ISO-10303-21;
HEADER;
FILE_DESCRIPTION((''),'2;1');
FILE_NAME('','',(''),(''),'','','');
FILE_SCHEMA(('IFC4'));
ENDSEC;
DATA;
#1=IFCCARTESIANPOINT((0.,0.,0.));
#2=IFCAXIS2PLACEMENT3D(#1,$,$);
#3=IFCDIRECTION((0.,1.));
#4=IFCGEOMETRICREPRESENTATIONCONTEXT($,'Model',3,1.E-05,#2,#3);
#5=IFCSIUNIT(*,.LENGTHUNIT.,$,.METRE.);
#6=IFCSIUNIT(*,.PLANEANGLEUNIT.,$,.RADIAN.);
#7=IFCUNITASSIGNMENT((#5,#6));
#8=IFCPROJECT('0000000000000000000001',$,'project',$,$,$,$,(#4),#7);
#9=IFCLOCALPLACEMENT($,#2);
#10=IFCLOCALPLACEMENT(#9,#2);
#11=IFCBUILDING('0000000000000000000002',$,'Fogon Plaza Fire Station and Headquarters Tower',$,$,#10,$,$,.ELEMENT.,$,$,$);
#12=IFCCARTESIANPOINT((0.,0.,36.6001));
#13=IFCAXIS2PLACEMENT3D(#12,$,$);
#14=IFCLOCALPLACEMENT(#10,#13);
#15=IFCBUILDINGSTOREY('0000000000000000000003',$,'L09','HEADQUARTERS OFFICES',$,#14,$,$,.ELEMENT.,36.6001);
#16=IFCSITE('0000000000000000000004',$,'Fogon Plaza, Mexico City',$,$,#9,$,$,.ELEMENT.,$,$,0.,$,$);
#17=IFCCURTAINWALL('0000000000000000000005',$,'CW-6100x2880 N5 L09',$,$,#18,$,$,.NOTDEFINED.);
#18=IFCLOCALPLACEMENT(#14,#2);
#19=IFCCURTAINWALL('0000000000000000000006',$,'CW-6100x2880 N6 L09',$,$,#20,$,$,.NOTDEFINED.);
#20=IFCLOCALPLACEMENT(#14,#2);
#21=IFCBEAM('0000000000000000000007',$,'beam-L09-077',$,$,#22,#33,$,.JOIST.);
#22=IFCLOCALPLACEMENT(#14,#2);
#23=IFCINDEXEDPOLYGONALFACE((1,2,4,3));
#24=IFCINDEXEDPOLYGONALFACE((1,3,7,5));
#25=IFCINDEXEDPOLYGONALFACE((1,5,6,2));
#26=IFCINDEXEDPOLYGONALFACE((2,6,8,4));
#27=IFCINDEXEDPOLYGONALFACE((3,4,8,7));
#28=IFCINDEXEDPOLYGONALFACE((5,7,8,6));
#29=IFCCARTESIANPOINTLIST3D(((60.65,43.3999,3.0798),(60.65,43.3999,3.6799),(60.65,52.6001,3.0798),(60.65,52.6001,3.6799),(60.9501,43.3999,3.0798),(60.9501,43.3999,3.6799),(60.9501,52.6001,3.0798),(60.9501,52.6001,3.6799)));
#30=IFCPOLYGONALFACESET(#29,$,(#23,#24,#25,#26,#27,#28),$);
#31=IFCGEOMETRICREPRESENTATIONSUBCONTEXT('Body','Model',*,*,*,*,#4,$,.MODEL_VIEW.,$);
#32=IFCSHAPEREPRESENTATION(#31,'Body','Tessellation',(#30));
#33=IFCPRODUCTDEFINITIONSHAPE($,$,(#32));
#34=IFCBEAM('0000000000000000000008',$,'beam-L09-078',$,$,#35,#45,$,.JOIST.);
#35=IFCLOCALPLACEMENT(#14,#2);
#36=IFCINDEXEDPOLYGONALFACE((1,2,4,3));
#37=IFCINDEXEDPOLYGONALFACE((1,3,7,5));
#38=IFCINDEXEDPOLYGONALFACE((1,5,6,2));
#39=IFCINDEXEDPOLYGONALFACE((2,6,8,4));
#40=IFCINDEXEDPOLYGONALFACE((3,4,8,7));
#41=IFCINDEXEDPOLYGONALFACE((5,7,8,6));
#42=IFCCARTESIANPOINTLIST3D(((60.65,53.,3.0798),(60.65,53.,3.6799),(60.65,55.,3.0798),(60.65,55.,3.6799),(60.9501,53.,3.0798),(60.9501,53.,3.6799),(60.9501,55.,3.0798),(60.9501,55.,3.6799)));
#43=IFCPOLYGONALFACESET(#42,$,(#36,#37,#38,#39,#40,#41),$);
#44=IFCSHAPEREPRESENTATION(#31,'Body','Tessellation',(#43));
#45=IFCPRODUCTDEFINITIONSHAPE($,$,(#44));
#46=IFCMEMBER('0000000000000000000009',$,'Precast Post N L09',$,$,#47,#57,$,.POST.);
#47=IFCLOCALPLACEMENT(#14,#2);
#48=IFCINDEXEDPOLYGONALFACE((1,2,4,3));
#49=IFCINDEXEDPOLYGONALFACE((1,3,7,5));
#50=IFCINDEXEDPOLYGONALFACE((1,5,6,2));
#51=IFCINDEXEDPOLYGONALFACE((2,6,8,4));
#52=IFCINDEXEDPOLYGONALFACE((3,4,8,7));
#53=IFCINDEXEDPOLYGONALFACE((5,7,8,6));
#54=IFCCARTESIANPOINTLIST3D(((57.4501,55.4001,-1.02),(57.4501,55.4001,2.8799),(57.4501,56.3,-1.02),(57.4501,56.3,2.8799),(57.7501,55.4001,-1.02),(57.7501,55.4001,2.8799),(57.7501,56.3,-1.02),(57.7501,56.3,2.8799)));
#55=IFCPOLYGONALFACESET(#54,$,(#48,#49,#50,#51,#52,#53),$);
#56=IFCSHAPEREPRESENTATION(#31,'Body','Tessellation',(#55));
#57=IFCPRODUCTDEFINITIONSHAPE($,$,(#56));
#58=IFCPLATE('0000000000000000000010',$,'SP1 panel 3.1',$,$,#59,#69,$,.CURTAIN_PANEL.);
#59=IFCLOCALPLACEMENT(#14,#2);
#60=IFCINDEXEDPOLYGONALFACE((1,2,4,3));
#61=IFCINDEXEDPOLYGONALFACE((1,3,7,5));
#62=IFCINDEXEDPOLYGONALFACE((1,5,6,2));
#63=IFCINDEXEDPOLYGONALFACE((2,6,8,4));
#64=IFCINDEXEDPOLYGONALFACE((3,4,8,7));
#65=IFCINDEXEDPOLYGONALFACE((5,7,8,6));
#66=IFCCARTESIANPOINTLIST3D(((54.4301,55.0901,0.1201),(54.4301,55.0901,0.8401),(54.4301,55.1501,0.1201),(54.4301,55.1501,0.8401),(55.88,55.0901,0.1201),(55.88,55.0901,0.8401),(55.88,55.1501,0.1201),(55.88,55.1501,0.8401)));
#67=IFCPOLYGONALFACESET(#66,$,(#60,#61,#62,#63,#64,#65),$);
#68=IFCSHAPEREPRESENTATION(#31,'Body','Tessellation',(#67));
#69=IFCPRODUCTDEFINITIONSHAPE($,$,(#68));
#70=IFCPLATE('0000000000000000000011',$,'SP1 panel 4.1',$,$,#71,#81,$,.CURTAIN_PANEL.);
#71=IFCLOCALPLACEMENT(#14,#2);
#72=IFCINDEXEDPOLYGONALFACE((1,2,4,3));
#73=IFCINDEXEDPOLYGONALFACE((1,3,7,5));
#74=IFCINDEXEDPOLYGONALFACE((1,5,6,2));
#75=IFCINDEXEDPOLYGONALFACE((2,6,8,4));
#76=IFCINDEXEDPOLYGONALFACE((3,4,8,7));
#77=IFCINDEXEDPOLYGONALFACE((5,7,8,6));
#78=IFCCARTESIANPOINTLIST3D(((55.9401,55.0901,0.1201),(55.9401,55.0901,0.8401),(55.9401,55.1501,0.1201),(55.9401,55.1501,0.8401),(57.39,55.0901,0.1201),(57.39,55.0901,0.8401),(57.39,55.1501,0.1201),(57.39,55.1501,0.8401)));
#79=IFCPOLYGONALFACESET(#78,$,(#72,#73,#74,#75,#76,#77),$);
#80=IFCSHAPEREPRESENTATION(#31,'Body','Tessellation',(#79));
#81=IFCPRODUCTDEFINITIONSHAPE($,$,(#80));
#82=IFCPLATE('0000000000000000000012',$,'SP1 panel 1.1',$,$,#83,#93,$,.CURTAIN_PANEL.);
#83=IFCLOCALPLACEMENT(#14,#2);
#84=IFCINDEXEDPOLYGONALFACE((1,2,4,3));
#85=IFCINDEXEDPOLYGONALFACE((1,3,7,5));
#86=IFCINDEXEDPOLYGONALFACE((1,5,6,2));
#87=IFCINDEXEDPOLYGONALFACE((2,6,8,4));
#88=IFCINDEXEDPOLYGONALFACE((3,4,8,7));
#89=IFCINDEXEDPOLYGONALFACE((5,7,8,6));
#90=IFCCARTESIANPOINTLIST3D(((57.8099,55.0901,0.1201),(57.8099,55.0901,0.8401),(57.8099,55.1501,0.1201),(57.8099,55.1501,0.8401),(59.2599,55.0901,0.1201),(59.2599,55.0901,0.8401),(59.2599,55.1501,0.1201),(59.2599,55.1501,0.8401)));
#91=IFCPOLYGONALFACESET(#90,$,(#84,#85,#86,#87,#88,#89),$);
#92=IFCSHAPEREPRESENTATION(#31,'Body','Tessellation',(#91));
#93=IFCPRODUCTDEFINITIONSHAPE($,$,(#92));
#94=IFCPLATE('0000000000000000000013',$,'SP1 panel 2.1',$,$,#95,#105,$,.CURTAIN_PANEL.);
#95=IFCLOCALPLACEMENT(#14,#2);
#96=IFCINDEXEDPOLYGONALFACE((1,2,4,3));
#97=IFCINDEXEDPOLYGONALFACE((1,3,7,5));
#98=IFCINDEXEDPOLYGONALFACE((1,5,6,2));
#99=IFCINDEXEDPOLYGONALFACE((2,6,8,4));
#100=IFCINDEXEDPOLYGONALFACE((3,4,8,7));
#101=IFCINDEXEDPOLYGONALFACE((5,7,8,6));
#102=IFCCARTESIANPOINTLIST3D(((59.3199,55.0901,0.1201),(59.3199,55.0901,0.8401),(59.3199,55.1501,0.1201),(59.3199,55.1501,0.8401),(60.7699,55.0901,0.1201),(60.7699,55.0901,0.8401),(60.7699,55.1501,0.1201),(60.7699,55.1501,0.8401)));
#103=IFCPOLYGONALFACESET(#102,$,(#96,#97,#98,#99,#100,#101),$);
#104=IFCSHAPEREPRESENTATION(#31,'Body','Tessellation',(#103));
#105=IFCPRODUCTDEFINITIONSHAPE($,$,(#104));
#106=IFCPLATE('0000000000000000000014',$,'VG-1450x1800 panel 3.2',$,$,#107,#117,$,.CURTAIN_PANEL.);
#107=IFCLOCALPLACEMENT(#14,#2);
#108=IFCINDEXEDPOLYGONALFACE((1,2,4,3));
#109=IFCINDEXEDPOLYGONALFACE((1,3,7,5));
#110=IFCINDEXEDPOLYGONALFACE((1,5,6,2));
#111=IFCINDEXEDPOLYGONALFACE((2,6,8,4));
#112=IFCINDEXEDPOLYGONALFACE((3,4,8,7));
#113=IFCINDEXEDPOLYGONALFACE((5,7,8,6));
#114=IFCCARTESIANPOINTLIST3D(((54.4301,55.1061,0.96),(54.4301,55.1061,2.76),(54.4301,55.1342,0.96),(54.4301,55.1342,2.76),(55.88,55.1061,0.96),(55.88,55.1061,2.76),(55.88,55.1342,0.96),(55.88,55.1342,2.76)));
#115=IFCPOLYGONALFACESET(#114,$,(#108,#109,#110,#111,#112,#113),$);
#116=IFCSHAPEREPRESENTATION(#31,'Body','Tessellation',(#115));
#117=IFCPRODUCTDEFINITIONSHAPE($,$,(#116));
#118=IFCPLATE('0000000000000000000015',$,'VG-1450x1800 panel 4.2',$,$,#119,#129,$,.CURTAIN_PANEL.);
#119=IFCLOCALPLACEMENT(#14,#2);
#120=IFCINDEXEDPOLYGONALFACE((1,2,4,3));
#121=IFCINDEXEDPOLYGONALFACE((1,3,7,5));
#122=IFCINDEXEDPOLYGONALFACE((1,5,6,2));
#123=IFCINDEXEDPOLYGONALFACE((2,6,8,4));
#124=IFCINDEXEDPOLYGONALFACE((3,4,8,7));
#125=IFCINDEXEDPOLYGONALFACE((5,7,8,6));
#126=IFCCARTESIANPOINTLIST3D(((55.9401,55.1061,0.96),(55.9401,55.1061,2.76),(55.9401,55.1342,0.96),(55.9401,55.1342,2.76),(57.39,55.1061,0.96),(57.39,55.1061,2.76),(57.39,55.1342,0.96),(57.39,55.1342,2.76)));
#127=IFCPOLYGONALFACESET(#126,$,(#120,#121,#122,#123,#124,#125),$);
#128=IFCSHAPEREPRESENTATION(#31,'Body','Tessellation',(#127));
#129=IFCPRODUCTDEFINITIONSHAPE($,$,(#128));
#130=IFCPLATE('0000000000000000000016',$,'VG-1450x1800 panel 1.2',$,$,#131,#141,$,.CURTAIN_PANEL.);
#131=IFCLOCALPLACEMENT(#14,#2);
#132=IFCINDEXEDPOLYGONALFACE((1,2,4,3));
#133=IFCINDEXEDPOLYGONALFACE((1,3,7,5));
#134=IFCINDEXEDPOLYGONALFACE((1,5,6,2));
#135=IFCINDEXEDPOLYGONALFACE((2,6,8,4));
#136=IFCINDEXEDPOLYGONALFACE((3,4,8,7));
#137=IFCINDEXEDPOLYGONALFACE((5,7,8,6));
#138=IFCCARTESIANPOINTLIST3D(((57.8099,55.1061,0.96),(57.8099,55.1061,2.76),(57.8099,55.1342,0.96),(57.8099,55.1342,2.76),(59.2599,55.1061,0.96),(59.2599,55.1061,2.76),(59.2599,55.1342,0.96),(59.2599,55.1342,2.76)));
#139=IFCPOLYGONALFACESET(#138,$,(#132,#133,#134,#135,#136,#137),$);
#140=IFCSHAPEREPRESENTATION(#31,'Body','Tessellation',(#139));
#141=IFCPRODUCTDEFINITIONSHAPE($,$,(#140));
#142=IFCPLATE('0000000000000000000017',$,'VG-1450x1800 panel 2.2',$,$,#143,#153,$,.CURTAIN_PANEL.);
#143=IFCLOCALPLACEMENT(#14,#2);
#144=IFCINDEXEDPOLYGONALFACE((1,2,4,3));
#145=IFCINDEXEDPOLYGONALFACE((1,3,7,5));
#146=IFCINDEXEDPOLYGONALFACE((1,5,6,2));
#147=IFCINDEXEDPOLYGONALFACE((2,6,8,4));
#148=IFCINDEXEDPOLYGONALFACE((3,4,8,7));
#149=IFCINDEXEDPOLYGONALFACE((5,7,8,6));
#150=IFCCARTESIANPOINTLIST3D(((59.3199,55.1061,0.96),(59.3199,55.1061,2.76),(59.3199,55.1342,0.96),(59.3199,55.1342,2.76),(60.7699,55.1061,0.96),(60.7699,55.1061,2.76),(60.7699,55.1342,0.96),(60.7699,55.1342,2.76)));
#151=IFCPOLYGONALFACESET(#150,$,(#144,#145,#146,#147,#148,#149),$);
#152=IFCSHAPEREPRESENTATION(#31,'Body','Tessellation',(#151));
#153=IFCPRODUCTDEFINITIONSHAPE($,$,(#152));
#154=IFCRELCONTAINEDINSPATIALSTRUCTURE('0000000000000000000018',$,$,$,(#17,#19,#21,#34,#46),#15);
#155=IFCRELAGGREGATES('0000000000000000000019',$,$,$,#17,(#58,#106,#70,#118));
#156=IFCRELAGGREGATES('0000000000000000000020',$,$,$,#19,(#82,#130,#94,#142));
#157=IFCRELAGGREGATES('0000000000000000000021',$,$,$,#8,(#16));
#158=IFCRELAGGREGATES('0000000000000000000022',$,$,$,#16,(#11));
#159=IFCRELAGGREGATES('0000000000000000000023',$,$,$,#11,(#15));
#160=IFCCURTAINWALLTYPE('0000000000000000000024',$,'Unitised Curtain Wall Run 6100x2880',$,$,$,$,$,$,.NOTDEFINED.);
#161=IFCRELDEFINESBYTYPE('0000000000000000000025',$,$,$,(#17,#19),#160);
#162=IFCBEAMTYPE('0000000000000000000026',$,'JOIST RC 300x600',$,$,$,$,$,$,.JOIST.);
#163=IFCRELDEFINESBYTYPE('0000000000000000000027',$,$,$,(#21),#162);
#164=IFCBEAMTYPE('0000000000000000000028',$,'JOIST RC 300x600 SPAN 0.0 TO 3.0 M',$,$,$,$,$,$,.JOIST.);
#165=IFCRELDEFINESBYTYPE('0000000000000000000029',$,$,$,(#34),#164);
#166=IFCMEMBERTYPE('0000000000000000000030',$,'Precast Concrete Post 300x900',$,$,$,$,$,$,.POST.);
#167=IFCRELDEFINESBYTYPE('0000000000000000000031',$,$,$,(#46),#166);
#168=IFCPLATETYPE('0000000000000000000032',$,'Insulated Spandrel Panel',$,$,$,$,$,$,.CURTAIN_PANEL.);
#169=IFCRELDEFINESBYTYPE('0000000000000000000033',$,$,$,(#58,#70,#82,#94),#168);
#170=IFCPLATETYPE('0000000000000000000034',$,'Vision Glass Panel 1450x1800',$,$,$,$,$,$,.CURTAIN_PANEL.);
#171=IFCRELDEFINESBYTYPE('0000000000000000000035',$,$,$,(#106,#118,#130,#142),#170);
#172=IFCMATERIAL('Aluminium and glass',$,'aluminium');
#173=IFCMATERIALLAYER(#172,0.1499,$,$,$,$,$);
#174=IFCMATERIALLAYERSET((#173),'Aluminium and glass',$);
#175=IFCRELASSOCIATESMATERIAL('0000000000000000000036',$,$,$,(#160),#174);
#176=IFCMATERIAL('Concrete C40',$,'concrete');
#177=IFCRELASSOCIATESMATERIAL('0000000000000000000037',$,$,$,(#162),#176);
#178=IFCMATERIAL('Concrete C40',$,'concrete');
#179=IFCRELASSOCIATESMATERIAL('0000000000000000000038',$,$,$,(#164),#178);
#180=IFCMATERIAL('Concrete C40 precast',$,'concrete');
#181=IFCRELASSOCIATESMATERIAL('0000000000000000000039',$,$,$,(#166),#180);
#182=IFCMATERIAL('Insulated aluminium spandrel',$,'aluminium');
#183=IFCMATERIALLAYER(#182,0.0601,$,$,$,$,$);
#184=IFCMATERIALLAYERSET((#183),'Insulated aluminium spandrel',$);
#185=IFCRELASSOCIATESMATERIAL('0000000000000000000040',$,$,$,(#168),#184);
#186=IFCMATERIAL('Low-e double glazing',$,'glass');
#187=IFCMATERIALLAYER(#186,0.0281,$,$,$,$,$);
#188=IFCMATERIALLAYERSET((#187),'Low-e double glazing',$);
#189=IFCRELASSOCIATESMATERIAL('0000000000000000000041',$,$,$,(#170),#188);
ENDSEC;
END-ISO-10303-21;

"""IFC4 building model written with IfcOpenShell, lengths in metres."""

from ifc_helpers import new_model, si_unit, direction, frame, origin, origin_2d, place, context, subcontext, project, spatial, rectangle, extrude, material, layer, layer_set, material_profile, profile_set, type_object, element, aggregate, save


model = new_model("IFC4")

# Units and contexts
model_context = context("Model", 3, precision=1e-05, world=origin(), true_north=direction((0.0, 1.0)))
body_context = subcontext(model_context, "Body", "Model", "MODEL_VIEW")
ifc_project = project(units=[si_unit("LENGTHUNIT", "METRE"), si_unit("PLANEANGLEUNIT", "RADIAN")], contexts=[model_context])

# Site, building, storey
site_placement = place(None, origin())
site = spatial("IfcSite", under=ifc_project, at=site_placement, Name="Fogon Plaza, Mexico City", CompositionType="ELEMENT", RefElevation=0.0)
building_placement = place(site_placement, origin())
building = spatial("IfcBuilding", under=site, at=building_placement, Name="Fogon Plaza Fire Station and Headquarters Tower", CompositionType="ELEMENT")
storey_placement = place(building_placement, frame((0.0, 0.0, 36.6001)))
storey = spatial("IfcBuildingStorey", under=building, at=storey_placement, Name="L09", Description="HEADQUARTERS OFFICES", CompositionType="ELEMENT", Elevation=36.6001)

# Curtain walls
ifc_material_1 = material(Name="Aluminium and glass", Category="aluminium")
ifc_layer_1 = layer(ifc_material_1, 0.1499)
ifc_layer_set_1 = layer_set([ifc_layer_1], Name="Aluminium and glass")
curtain_wall_type = type_object("IfcCurtainWallType", Name="Unitised Curtain Wall Run 6100x2880", PredefinedType="NOTDEFINED", material=ifc_layer_set_1)
curtain_wall_1_placement = place(storey_placement, origin())
curtain_wall_1 = element("IfcCurtainWall", 1, at=curtain_wall_1_placement, inside=storey, type_object=curtain_wall_type, Name="CW-6100x2880 N5 L09", PredefinedType="NOTDEFINED")
curtain_wall_2_placement = place(storey_placement, origin())
curtain_wall_2 = element("IfcCurtainWall", 2, at=curtain_wall_2_placement, inside=storey, type_object=curtain_wall_type, Name="CW-6100x2880 N6 L09", PredefinedType="NOTDEFINED")

# Beams
ifc_material_2 = material(Name="Concrete C40", Category="concrete")
ifc_material_profile_1 = material_profile(ifc_material_2, rectangle(XDim=0.3, YDim=0.6001, at=origin_2d()), Name="RC 300x600")
ifc_profile_set_1 = profile_set([ifc_material_profile_1], Name="Concrete C40")
beam_type_1 = type_object("IfcBeamType", Name="JOIST RC 300x600", PredefinedType="JOIST", material=ifc_profile_set_1)
beam_1_placement = place(storey_placement, frame((60.8, 43.3999, 3.3799), z_axis=(0.0, 1.0, 0.0), x_axis=(-1.0, 0.0, 0.0)))
element("IfcBeam", 3, at=beam_1_placement, inside=storey, type_object=beam_type_1, Name="beam-L09-077", PredefinedType="JOIST", context=body_context, shape_type="SweptSolid", body=[
    extrude(rectangle(XDim=0.3, YDim=0.6001, at=origin_2d()), origin(), (0.0, 0.0, 1.0), 9.2002),
])
ifc_material_3 = material(Name="Concrete C40", Category="concrete")
ifc_material_profile_2 = material_profile(ifc_material_3, rectangle(XDim=0.3, YDim=0.6001, at=origin_2d()), Name="RC 300x600")
ifc_profile_set_2 = profile_set([ifc_material_profile_2], Name="Concrete C40")
beam_type_2 = type_object("IfcBeamType", Name="JOIST RC 300x600 SPAN 0.0 TO 3.0 M", PredefinedType="JOIST", material=ifc_profile_set_2)
beam_2_placement = place(storey_placement, frame((60.8, 53.0, 3.3799), z_axis=(0.0, 1.0, 0.0), x_axis=(-1.0, 0.0, 0.0)))
element("IfcBeam", 4, at=beam_2_placement, inside=storey, type_object=beam_type_2, Name="beam-L09-078", PredefinedType="JOIST", context=body_context, shape_type="SweptSolid", body=[
    extrude(rectangle(XDim=0.3, YDim=0.6001, at=origin_2d()), origin(), (0.0, 0.0, 1.0), 2.0),
])

# Member
ifc_material_4 = material(Name="Concrete C40 precast", Category="concrete")
ifc_material_profile_3 = material_profile(ifc_material_4, rectangle(XDim=0.3, YDim=0.8999, at=origin_2d()), Name="Precast Concrete Post 300x900")
ifc_profile_set_3 = profile_set([ifc_material_profile_3], Name="Concrete C40 precast")
member_type_1 = type_object("IfcMemberType", Name="Precast Concrete Post 300x900", PredefinedType="POST", material=ifc_profile_set_3)
member_1_placement = place(storey_placement, frame((57.6001, 55.8501, -1.02), z_axis=(0.0, 0.0, 1.0), x_axis=(1.0, 0.0, 0.0)))
element("IfcMember", 5, at=member_1_placement, inside=storey, type_object=member_type_1, Name="Precast Post N L09", PredefinedType="POST", context=body_context, shape_type="SweptSolid", body=[
    extrude(rectangle(XDim=0.3, YDim=0.8999, at=origin_2d()), origin(), (0.0, 0.0, 1.0), 3.8999),
])

# Plates
ifc_material_5 = material(Name="Insulated aluminium spandrel", Category="aluminium")
ifc_layer_2 = layer(ifc_material_5, 0.0601)
ifc_layer_set_2 = layer_set([ifc_layer_2], Name="Insulated aluminium spandrel")
plate_type_1 = type_object("IfcPlateType", Name="Insulated Spandrel Panel", PredefinedType="CURTAIN_PANEL", material=ifc_layer_set_2)
plate_1_placement = place(storey_placement, frame((55.155, 55.1201, 0.1201), z_axis=(0.0, 0.0, 1.0), x_axis=(1.0, 0.0, 0.0)))
plate_1 = element("IfcPlate", 6, at=plate_1_placement, type_object=plate_type_1, Name="SP1 panel 3.1", PredefinedType="CURTAIN_PANEL", context=body_context, shape_type="SweptSolid", body=[
    extrude(rectangle(XDim=1.45, YDim=0.0601, at=origin_2d()), origin(), (0.0, 0.0, 1.0), 0.72),
])
plate_2_placement = place(storey_placement, frame((56.665, 55.1201, 0.1201), z_axis=(0.0, 0.0, 1.0), x_axis=(1.0, 0.0, 0.0)))
plate_2 = element("IfcPlate", 7, at=plate_2_placement, type_object=plate_type_1, Name="SP1 panel 4.1", PredefinedType="CURTAIN_PANEL", context=body_context, shape_type="SweptSolid", body=[
    extrude(rectangle(XDim=1.45, YDim=0.0601, at=origin_2d()), origin(), (0.0, 0.0, 1.0), 0.72),
])
plate_3_placement = place(storey_placement, frame((58.5349, 55.1201, 0.1201), z_axis=(0.0, 0.0, 1.0), x_axis=(1.0, 0.0, 0.0)))
plate_3 = element("IfcPlate", 8, at=plate_3_placement, type_object=plate_type_1, Name="SP1 panel 1.1", PredefinedType="CURTAIN_PANEL", context=body_context, shape_type="SweptSolid", body=[
    extrude(rectangle(XDim=1.45, YDim=0.0601, at=origin_2d()), origin(), (0.0, 0.0, 1.0), 0.72),
])
plate_4_placement = place(storey_placement, frame((60.0449, 55.1201, 0.1201), z_axis=(0.0, 0.0, 1.0), x_axis=(1.0, 0.0, 0.0)))
plate_4 = element("IfcPlate", 9, at=plate_4_placement, type_object=plate_type_1, Name="SP1 panel 2.1", PredefinedType="CURTAIN_PANEL", context=body_context, shape_type="SweptSolid", body=[
    extrude(rectangle(XDim=1.45, YDim=0.0601, at=origin_2d()), origin(), (0.0, 0.0, 1.0), 0.72),
])
ifc_material_6 = material(Name="Low-e double glazing", Category="glass")
ifc_layer_3 = layer(ifc_material_6, 0.0281)
ifc_layer_set_3 = layer_set([ifc_layer_3], Name="Low-e double glazing")
plate_type_2 = type_object("IfcPlateType", Name="Vision Glass Panel 1450x1800", PredefinedType="CURTAIN_PANEL", material=ifc_layer_set_3)
plate_5_placement = place(storey_placement, frame((55.155, 55.1201, 0.96), z_axis=(0.0, 0.0, 1.0), x_axis=(1.0, 0.0, 0.0)))
plate_5 = element("IfcPlate", 10, at=plate_5_placement, type_object=plate_type_2, Name="VG-1450x1800 panel 3.2", PredefinedType="CURTAIN_PANEL", context=body_context, shape_type="SweptSolid", body=[
    extrude(rectangle(XDim=1.45, YDim=0.0281, at=origin_2d()), origin(), (0.0, 0.0, 1.0), 1.8),
])
plate_6_placement = place(storey_placement, frame((56.665, 55.1201, 0.96), z_axis=(0.0, 0.0, 1.0), x_axis=(1.0, 0.0, 0.0)))
plate_6 = element("IfcPlate", 11, at=plate_6_placement, type_object=plate_type_2, Name="VG-1450x1800 panel 4.2", PredefinedType="CURTAIN_PANEL", context=body_context, shape_type="SweptSolid", body=[
    extrude(rectangle(XDim=1.45, YDim=0.0281, at=origin_2d()), origin(), (0.0, 0.0, 1.0), 1.8),
])
aggregate(curtain_wall_1, [plate_1, plate_5, plate_2, plate_6])
plate_7_placement = place(storey_placement, frame((58.5349, 55.1201, 0.96), z_axis=(0.0, 0.0, 1.0), x_axis=(1.0, 0.0, 0.0)))
plate_7 = element("IfcPlate", 12, at=plate_7_placement, type_object=plate_type_2, Name="VG-1450x1800 panel 1.2", PredefinedType="CURTAIN_PANEL", context=body_context, shape_type="SweptSolid", body=[
    extrude(rectangle(XDim=1.45, YDim=0.0281, at=origin_2d()), origin(), (0.0, 0.0, 1.0), 1.8),
])
plate_8_placement = place(storey_placement, frame((60.0449, 55.1201, 0.96), z_axis=(0.0, 0.0, 1.0), x_axis=(1.0, 0.0, 0.0)))
plate_8 = element("IfcPlate", 13, at=plate_8_placement, type_object=plate_type_2, Name="VG-1450x1800 panel 2.2", PredefinedType="CURTAIN_PANEL", context=body_context, shape_type="SweptSolid", body=[
    extrude(rectangle(XDim=1.45, YDim=0.0281, at=origin_2d()), origin(), (0.0, 0.0, 1.0), 1.8),
])
aggregate(curtain_wall_2, [plate_3, plate_7, plate_4, plate_8])

save(model, "model.ifc")
